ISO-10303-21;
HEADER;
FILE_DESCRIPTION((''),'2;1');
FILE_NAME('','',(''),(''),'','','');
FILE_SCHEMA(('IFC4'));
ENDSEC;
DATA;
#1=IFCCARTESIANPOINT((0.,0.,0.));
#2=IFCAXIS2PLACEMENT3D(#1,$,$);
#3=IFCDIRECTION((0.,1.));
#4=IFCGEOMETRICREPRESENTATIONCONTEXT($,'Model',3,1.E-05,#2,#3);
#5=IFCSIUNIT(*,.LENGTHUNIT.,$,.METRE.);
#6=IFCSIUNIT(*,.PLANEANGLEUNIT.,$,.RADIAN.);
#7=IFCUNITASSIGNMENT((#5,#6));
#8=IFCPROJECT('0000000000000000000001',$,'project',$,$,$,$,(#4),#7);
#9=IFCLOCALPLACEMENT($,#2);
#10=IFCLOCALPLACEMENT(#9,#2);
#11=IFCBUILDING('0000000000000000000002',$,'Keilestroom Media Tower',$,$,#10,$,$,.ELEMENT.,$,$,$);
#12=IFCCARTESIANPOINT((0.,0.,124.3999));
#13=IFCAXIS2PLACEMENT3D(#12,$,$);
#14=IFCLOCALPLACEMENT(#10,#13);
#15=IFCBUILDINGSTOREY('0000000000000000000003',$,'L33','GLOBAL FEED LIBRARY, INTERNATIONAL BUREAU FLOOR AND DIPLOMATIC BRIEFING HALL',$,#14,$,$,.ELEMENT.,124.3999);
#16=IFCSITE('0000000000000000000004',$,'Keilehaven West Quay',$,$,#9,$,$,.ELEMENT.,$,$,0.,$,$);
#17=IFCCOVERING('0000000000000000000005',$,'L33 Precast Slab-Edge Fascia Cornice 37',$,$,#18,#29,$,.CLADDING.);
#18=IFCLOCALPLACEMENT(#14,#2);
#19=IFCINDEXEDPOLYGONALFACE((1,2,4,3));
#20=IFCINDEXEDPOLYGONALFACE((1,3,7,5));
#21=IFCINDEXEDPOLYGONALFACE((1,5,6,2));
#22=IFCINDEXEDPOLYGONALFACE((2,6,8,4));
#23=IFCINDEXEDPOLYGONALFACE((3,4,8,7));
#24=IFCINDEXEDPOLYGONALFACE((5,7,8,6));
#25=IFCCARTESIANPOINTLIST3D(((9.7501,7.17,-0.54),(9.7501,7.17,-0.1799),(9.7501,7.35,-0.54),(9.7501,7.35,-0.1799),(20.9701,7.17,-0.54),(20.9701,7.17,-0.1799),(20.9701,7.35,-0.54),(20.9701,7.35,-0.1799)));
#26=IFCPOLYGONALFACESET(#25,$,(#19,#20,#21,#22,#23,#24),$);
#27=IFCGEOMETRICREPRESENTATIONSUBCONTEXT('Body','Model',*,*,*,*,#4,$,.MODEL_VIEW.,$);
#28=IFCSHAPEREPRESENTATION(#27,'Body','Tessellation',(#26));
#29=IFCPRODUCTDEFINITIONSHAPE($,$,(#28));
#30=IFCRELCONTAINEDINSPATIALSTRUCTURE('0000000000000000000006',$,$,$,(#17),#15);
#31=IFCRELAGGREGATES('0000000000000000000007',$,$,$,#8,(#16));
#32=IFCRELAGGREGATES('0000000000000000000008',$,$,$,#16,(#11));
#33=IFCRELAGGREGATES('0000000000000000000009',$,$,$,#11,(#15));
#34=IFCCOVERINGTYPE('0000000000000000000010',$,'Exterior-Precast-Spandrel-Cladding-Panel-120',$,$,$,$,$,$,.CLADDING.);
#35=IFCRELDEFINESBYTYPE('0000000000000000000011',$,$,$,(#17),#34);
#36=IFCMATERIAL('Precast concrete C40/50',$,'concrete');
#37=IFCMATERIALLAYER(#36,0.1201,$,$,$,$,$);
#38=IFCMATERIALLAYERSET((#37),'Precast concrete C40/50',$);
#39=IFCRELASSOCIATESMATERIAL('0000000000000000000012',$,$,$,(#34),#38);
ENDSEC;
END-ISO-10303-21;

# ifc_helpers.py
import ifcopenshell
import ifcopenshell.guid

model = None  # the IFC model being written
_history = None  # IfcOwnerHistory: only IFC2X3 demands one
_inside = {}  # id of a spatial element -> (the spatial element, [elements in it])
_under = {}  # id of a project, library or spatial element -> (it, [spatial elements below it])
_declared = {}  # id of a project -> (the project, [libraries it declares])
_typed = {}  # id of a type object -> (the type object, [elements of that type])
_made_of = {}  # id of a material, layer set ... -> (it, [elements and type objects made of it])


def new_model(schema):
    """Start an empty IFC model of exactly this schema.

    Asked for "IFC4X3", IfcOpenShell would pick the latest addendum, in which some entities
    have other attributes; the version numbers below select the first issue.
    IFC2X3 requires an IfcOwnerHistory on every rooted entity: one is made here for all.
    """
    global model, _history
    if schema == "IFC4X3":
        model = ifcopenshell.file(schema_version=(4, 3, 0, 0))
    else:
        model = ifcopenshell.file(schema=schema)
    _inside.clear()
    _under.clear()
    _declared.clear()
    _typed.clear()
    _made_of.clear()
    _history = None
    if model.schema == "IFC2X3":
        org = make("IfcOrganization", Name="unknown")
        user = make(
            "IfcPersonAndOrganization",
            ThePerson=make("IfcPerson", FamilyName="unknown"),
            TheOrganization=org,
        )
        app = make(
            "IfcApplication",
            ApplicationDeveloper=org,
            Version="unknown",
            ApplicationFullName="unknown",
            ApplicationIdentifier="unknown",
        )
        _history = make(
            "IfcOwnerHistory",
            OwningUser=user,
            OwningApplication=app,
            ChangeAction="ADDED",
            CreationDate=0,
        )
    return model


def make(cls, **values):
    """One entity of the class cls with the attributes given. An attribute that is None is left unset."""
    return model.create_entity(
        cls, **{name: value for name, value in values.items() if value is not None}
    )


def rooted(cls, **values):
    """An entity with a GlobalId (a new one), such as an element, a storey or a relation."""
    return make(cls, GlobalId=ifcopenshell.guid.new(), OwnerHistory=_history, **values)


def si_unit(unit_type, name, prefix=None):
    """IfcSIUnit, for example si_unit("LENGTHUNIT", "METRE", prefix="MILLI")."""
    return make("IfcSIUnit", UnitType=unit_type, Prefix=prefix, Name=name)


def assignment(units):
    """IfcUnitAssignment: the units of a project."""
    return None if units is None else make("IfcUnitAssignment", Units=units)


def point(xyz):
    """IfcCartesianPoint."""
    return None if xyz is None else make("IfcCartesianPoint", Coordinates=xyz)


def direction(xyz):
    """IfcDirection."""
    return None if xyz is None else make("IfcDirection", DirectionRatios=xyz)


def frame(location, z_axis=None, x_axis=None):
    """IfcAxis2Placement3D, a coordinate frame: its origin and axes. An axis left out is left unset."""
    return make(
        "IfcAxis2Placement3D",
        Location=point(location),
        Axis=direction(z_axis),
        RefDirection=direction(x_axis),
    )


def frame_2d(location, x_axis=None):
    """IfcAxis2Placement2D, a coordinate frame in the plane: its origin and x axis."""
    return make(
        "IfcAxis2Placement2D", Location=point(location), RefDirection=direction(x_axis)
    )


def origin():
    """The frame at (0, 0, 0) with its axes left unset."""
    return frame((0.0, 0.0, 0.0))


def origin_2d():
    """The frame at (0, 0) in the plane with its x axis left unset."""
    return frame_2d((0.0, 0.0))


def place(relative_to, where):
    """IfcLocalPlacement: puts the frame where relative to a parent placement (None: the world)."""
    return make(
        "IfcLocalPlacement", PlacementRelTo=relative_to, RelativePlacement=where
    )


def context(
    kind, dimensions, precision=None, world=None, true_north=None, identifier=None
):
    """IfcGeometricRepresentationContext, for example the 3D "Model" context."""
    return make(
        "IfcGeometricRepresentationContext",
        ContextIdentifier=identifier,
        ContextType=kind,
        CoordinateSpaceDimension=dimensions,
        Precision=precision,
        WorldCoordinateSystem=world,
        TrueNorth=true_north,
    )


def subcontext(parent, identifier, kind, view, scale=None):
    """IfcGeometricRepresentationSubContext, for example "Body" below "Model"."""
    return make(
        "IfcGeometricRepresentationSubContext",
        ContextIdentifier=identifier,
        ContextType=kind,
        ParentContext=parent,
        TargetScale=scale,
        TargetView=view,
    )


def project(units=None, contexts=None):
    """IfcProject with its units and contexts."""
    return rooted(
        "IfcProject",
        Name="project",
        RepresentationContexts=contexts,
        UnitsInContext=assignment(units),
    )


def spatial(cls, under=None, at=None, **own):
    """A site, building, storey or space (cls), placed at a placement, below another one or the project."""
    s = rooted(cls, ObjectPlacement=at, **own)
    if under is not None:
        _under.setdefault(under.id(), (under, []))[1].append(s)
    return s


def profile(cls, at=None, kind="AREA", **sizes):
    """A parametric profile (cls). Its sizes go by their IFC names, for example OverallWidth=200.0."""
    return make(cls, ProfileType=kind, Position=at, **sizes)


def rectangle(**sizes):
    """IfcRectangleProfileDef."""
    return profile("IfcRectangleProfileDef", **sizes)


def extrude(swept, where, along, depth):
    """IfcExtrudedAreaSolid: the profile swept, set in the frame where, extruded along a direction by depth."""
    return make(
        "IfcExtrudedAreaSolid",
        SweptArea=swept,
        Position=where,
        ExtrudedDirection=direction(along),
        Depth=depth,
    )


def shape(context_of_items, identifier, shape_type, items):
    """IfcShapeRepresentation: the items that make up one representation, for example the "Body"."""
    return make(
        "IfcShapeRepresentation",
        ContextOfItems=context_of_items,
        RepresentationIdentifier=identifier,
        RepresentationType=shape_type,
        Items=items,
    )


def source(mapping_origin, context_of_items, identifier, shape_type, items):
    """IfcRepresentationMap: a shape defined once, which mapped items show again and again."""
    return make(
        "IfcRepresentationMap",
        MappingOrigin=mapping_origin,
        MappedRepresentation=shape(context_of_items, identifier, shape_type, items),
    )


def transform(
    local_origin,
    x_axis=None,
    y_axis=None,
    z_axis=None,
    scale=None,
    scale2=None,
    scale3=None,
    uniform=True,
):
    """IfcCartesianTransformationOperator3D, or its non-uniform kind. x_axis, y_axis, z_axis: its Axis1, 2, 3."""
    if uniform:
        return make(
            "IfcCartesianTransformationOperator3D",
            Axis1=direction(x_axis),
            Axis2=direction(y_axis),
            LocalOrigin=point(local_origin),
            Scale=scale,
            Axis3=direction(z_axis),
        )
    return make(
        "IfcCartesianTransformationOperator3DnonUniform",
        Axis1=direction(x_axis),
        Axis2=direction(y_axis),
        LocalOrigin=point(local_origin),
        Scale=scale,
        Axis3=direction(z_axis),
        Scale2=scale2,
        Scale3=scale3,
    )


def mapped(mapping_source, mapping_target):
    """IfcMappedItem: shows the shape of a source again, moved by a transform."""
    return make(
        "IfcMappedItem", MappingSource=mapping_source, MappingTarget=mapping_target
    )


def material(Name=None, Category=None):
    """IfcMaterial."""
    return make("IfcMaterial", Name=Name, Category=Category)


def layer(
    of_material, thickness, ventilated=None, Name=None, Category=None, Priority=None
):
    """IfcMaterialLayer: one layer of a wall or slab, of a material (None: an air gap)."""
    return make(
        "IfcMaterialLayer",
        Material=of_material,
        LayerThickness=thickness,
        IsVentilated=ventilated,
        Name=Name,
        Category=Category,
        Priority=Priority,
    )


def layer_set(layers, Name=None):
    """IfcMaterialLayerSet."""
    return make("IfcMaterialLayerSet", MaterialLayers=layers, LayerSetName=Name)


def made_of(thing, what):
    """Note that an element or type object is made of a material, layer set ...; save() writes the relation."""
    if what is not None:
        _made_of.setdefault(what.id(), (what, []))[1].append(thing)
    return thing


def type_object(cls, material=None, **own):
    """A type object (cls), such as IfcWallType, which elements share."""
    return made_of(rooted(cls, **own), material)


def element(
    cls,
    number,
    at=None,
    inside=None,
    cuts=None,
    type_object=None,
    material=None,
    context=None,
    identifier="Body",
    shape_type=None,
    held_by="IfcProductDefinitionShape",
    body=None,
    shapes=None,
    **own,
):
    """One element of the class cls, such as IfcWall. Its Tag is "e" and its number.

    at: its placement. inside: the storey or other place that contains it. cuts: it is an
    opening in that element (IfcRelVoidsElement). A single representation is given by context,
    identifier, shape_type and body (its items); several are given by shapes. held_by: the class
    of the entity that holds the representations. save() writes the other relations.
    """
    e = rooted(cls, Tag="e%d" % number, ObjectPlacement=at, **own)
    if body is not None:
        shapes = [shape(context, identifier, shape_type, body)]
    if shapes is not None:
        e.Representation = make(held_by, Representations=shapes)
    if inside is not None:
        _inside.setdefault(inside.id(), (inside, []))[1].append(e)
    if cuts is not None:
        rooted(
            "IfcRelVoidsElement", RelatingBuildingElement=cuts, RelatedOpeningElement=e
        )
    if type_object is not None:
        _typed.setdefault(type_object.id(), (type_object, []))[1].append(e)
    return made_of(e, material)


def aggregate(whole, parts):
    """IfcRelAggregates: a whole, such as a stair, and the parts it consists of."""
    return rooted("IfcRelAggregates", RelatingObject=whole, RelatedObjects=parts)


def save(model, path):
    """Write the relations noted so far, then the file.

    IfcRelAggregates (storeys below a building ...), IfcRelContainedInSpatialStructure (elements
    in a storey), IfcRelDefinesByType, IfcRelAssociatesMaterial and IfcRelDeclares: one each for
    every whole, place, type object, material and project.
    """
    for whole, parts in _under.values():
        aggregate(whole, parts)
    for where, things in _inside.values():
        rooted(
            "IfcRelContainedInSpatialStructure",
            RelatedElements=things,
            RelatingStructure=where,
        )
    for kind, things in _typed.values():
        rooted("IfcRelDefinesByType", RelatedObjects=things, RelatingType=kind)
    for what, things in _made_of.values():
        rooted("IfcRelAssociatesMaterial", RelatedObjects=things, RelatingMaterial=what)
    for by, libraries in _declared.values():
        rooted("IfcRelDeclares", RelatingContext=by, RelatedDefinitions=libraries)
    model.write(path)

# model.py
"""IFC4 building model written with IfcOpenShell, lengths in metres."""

from ifc_helpers import new_model, si_unit, direction, frame, origin, origin_2d, place, context, subcontext, project, spatial, rectangle, extrude, source, transform, mapped, material, layer, layer_set, type_object, element, save


model = new_model("IFC4")

# Units and contexts
model_context = context("Model", 3, precision=1e-05, world=origin(), true_north=direction((0.0, 1.0)))
body_context = subcontext(model_context, "Body", "Model", "MODEL_VIEW")
ifc_project = project(units=[si_unit("LENGTHUNIT", "METRE"), si_unit("PLANEANGLEUNIT", "RADIAN")], contexts=[model_context])

# Site, building, storey
site_placement = place(None, origin())
site = spatial("IfcSite", under=ifc_project, at=site_placement, Name="Keilehaven West Quay", CompositionType="ELEMENT", RefElevation=0.0)
building_placement = place(site_placement, origin())
building = spatial("IfcBuilding", under=site, at=building_placement, Name="Keilestroom Media Tower", CompositionType="ELEMENT")
storey_placement = place(building_placement, frame((0.0, 0.0, 124.3999)))
storey = spatial("IfcBuildingStorey", under=building, at=storey_placement, Name="L33", Description="GLOBAL FEED LIBRARY, INTERNATIONAL BUREAU FLOOR AND DIPLOMATIC BRIEFING HALL", CompositionType="ELEMENT", Elevation=124.3999)

# Shared definitions
ifc_material_1 = material(Name="Precast concrete C40/50", Category="concrete")

# Covering
ifc_layer_1 = layer(ifc_material_1, 0.1201)
ifc_layer_set_1 = layer_set([ifc_layer_1], Name="Precast concrete C40/50")
covering_type = type_object("IfcCoveringType", Name="Exterior-Precast-Spandrel-Cladding-Panel-120", PredefinedType="CLADDING", material=ifc_layer_set_1)
shared_shape_1 = source(origin(), body_context, "Body", "SweptSolid", [
    extrude(rectangle(XDim=11.22, YDim=0.1799, at=origin_2d()), origin(), (0.0, 0.0, 1.0), 0.3601),
])
covering_1_placement = place(storey_placement, frame((15.3601, 7.26, -0.54), z_axis=(0.0, 0.0, 1.0), x_axis=(1.0, 0.0, 0.0)))
element("IfcCovering", 1, at=covering_1_placement, inside=storey, type_object=covering_type, Name="L33 Precast Slab-Edge Fascia Cornice 37", PredefinedType="CLADDING", context=body_context, shape_type="MappedRepresentation", body=[
    mapped(shared_shape_1, transform((0.0, 0.0, 0.0), x_axis=(1.0, 0.0, 0.0), y_axis=(0.0, 1.0, 0.0), z_axis=(0.0, 0.0, 1.0), scale=1.0)),
])

save(model, "model.ifc")
